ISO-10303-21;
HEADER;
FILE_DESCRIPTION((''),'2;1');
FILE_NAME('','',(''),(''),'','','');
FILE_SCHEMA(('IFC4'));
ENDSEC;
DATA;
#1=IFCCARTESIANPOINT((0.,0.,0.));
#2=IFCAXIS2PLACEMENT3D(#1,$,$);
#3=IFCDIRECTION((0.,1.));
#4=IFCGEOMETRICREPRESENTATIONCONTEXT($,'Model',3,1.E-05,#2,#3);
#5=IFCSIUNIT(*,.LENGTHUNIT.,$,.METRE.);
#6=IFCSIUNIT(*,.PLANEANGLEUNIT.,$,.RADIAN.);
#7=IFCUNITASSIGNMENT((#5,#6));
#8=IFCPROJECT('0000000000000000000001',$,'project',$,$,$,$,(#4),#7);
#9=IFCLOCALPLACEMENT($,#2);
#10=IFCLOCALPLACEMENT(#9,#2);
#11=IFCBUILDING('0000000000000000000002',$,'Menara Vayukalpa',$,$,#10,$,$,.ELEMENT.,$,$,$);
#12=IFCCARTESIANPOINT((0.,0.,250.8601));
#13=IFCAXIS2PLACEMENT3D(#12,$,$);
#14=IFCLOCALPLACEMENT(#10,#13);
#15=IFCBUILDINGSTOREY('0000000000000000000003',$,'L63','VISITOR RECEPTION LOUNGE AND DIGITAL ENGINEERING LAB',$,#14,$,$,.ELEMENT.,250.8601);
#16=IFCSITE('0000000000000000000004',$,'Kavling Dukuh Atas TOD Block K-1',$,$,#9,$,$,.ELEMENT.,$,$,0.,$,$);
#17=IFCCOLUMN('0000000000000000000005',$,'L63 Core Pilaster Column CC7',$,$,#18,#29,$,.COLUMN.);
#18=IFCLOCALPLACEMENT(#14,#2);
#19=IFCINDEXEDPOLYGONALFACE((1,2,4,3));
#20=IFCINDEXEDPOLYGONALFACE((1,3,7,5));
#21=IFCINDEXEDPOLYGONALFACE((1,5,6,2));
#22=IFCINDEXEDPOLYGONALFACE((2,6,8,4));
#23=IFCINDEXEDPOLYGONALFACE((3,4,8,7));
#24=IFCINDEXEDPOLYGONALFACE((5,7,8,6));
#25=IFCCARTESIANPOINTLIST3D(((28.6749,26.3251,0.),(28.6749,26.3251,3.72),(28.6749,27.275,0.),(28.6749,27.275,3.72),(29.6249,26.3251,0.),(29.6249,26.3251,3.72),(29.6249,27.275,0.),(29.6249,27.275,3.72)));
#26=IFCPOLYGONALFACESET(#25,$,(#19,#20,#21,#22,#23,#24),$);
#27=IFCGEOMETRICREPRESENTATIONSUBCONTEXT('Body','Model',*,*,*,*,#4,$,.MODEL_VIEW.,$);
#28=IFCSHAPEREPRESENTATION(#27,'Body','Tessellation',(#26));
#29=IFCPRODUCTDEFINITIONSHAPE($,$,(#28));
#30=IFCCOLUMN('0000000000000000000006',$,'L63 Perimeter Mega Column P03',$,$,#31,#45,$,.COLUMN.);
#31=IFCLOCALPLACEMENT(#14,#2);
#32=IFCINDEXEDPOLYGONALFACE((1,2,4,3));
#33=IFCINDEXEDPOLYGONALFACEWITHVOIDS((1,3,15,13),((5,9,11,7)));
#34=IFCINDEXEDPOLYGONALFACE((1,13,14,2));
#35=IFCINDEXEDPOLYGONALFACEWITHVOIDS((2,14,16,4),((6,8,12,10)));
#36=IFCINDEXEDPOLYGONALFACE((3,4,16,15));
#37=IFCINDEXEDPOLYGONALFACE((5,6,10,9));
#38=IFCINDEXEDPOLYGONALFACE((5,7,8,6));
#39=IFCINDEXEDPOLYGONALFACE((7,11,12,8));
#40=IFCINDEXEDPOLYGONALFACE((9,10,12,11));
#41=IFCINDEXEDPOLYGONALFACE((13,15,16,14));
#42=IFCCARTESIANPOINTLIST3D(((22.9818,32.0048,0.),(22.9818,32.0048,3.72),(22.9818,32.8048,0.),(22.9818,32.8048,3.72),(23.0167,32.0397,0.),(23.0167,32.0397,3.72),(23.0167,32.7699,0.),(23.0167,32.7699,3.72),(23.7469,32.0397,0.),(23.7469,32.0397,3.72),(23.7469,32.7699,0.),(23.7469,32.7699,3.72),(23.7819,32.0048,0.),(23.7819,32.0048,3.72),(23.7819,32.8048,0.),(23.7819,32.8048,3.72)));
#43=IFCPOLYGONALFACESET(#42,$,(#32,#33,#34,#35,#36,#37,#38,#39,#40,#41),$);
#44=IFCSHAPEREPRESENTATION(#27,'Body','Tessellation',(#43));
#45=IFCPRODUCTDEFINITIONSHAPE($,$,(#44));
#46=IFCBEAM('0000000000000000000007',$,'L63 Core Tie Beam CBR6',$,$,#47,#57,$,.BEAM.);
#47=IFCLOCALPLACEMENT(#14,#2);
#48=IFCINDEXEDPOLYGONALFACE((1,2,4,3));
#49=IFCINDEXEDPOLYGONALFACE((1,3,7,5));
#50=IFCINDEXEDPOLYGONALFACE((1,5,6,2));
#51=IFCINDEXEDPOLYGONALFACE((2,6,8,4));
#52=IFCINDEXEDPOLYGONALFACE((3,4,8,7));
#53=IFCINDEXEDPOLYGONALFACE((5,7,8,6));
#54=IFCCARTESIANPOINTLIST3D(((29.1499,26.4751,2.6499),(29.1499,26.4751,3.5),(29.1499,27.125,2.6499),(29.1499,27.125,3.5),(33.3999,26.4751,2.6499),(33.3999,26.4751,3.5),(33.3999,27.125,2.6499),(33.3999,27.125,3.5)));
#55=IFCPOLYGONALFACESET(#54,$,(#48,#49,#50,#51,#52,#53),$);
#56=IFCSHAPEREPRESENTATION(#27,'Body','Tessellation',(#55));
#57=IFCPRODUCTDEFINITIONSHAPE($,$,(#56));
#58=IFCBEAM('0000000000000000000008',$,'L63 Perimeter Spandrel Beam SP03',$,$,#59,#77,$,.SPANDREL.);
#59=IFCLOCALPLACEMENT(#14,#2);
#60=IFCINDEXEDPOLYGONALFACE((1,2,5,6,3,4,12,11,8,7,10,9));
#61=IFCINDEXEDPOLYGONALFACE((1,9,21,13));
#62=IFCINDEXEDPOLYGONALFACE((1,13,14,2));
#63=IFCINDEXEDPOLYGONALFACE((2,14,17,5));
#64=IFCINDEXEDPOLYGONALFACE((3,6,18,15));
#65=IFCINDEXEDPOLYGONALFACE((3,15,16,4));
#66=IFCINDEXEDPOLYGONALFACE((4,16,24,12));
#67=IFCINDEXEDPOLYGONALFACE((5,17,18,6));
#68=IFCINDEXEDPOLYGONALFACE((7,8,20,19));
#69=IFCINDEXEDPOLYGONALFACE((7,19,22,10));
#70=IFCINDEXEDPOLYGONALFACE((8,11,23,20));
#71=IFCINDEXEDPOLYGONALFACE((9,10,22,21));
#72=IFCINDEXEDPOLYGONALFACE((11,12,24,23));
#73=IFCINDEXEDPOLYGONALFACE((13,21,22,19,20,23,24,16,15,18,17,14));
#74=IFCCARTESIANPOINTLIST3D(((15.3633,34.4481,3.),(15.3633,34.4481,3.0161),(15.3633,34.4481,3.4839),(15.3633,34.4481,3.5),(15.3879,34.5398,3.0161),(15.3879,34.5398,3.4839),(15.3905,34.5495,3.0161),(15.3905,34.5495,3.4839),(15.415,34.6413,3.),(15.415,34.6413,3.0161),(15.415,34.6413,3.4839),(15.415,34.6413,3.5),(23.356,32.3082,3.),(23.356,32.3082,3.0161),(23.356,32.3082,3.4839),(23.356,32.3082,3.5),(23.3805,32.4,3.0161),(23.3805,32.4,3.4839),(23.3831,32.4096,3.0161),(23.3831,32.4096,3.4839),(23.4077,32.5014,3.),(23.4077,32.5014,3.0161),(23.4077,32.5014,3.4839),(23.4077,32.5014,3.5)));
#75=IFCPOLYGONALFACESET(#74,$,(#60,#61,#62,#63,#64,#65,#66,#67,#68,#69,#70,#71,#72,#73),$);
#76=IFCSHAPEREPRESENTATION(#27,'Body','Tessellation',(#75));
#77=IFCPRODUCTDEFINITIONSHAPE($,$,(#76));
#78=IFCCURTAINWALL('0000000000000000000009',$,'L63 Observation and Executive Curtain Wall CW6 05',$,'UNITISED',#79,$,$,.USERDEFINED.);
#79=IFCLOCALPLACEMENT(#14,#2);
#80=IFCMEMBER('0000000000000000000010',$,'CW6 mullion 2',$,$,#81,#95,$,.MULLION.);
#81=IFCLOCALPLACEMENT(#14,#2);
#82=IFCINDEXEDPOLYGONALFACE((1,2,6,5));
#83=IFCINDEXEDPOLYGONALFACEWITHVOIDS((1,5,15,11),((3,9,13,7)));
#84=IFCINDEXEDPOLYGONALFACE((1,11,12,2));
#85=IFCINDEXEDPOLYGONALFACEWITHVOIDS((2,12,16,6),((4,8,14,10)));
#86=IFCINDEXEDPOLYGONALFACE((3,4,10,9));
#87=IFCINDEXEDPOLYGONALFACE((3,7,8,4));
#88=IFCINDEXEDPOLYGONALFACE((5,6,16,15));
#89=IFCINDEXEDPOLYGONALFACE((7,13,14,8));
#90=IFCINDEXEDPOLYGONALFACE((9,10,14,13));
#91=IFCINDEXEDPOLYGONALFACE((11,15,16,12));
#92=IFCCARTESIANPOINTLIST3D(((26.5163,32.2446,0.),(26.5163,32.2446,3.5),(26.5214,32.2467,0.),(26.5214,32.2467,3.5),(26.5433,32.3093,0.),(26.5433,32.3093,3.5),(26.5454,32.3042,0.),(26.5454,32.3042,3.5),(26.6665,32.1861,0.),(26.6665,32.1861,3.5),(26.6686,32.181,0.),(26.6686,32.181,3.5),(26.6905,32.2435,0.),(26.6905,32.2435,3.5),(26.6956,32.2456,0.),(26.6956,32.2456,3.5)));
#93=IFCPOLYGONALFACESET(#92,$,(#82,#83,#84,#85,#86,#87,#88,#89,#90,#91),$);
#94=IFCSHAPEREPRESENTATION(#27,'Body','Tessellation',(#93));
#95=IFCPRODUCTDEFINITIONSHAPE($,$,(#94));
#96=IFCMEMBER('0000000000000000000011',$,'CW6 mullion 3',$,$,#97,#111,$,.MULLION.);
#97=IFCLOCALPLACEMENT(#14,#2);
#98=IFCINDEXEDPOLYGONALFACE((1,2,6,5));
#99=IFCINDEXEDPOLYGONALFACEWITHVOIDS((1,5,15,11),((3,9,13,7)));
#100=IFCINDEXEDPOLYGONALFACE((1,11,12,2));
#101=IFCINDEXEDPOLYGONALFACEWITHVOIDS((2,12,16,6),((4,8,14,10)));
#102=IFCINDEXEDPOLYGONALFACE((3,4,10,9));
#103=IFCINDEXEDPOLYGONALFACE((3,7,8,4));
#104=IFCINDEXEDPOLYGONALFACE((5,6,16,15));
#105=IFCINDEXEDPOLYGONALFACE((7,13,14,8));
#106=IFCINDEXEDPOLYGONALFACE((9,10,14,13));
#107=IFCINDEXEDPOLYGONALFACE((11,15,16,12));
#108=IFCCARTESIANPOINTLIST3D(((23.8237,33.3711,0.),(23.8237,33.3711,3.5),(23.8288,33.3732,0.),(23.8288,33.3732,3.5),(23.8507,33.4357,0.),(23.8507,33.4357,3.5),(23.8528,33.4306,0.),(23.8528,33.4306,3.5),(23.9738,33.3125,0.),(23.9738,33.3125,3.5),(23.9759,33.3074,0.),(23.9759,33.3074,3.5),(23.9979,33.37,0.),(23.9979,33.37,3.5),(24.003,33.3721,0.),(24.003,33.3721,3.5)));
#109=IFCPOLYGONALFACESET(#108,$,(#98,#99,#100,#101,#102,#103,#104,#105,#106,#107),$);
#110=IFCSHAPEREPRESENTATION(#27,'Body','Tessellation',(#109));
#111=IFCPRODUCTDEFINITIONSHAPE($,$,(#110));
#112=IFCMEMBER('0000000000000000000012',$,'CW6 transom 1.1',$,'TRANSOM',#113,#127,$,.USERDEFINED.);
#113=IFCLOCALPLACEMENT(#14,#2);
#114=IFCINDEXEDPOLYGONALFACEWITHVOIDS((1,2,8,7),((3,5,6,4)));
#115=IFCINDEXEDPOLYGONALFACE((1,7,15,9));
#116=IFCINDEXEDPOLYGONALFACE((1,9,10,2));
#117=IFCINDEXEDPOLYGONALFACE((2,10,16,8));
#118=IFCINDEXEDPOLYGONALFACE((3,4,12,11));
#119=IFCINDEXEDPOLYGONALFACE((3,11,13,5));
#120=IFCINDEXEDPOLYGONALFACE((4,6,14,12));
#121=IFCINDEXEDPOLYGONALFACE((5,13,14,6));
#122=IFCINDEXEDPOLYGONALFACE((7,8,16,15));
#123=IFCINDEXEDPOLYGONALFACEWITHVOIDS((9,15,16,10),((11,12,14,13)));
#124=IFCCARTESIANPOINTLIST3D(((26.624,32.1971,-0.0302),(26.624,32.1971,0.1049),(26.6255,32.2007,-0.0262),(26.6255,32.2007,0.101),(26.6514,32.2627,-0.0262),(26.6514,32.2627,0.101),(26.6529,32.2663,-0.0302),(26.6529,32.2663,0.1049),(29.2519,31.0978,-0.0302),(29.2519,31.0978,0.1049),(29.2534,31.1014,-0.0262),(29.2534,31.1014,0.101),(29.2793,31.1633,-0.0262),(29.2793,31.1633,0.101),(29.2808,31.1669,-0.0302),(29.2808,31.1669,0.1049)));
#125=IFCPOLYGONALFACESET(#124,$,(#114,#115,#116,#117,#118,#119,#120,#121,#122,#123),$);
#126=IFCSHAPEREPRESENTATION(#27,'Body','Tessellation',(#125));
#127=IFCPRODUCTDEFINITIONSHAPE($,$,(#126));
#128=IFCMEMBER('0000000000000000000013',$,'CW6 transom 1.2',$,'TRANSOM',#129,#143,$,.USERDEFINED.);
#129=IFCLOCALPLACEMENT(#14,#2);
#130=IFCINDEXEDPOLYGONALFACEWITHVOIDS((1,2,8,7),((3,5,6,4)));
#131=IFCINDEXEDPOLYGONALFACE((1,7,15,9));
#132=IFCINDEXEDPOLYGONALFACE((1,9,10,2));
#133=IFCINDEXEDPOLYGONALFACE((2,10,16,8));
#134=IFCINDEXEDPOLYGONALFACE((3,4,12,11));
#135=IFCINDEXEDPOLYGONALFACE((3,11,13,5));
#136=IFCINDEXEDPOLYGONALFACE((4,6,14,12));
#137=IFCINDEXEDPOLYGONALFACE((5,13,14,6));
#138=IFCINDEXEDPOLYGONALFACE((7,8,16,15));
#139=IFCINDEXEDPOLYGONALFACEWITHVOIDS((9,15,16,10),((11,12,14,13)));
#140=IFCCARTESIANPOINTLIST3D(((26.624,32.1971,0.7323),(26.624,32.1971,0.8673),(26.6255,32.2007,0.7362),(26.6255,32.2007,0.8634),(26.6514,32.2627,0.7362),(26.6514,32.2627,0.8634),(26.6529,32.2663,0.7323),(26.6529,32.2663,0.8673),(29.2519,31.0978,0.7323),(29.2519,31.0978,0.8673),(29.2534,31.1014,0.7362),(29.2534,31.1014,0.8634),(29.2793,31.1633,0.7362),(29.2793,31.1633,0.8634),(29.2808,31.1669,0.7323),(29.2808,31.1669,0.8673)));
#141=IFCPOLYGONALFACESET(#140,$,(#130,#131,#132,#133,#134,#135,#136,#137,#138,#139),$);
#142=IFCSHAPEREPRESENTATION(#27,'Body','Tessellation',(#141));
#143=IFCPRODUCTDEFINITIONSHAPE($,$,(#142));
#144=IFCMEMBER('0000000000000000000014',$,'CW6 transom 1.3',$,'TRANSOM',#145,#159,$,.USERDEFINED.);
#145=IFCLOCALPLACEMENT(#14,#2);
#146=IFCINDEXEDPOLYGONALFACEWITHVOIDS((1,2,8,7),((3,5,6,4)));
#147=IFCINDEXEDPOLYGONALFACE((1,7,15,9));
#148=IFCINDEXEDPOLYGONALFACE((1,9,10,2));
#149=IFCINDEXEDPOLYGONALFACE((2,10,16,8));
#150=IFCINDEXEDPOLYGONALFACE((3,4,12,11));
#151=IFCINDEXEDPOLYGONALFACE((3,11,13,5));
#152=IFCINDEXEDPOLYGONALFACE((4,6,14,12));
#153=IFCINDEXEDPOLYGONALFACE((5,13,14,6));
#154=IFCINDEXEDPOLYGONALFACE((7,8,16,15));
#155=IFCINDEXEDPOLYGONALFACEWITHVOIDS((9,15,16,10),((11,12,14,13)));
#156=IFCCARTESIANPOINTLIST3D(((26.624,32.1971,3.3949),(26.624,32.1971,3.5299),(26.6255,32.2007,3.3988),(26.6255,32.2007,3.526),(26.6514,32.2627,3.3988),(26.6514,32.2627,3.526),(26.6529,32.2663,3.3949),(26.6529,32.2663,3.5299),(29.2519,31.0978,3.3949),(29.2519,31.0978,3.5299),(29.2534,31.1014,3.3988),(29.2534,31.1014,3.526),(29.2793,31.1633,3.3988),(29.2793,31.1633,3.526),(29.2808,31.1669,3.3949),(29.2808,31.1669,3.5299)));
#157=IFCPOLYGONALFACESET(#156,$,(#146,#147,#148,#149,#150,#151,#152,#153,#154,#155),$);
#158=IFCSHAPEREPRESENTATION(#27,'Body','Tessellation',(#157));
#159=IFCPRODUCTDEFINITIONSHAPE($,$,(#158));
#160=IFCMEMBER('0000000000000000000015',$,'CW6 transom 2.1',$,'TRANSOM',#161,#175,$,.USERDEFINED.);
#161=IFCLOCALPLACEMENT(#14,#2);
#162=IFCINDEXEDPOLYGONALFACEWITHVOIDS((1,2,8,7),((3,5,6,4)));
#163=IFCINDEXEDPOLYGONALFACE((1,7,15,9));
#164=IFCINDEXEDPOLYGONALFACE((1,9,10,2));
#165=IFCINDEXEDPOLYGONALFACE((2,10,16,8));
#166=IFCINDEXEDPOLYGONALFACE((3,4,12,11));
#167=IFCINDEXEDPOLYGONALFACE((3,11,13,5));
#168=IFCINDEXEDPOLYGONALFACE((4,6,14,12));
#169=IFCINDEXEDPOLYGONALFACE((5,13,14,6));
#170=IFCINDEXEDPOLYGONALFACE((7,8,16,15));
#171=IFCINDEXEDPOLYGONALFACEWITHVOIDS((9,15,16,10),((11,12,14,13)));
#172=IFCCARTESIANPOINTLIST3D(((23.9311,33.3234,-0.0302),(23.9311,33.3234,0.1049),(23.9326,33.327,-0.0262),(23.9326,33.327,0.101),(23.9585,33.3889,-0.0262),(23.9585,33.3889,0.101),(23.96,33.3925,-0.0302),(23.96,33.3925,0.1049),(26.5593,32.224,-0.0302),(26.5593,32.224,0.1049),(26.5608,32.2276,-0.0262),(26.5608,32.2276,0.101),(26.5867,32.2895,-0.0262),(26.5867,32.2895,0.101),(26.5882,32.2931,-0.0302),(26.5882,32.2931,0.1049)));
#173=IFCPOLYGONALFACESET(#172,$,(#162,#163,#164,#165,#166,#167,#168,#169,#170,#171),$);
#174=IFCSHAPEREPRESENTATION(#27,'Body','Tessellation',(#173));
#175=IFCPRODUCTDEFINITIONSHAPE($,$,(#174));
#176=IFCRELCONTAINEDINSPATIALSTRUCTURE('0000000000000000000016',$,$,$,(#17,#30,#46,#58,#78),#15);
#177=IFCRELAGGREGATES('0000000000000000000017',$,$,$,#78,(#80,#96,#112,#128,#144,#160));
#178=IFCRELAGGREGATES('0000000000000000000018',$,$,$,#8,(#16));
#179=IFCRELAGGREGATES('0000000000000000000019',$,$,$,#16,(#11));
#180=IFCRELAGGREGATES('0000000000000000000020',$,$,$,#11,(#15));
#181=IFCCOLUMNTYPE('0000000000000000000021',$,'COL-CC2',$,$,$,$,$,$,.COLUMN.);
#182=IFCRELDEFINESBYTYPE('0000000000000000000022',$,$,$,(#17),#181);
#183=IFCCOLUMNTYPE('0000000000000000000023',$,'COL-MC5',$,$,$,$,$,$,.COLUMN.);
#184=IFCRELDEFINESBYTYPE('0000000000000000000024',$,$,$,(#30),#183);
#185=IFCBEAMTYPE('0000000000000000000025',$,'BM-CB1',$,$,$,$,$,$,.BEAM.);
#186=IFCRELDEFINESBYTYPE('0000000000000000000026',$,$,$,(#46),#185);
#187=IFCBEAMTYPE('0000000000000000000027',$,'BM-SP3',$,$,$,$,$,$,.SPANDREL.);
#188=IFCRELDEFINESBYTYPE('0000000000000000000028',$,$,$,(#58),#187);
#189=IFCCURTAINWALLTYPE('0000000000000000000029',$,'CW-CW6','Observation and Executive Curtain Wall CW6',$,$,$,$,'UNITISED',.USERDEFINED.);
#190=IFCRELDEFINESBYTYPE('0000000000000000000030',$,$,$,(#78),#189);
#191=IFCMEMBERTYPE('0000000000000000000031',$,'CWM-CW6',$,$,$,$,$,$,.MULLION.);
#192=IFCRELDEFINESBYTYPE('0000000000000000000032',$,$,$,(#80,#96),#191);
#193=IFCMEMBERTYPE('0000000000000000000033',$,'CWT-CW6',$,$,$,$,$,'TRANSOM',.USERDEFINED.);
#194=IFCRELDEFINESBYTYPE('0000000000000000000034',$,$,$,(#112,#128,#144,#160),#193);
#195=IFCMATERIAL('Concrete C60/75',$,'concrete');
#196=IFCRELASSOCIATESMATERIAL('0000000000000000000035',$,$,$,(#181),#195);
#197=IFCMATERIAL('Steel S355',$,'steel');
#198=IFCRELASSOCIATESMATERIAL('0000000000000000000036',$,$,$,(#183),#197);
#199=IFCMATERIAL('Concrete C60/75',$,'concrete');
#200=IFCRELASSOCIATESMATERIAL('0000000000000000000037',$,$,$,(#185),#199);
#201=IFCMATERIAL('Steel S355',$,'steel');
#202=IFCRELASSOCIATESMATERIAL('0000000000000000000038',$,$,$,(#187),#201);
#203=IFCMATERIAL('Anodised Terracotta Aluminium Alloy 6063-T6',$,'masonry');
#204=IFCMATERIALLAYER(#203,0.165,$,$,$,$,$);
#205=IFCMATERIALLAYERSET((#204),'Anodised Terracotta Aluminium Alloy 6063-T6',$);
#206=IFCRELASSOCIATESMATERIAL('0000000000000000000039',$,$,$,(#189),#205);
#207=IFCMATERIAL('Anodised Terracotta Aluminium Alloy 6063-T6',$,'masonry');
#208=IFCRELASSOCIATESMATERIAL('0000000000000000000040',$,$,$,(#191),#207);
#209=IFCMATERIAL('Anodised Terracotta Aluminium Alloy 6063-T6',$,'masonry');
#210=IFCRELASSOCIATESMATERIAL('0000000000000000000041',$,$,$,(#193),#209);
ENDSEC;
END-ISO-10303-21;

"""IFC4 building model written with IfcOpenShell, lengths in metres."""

from ifc_helpers import new_model, si_unit, direction, frame, origin, origin_2d, place, context, subcontext, project, spatial, rectangle, hollow_rectangle, i_section, extrude, material, layer, layer_set, material_profile, profile_set, type_object, element, aggregate, save


model = new_model("IFC4")

# Units and contexts
model_context = context("Model", 3, precision=1e-05, world=origin(), true_north=direction((0.0, 1.0)))
body_context = subcontext(model_context, "Body", "Model", "MODEL_VIEW")
ifc_project = project(units=[si_unit("LENGTHUNIT", "METRE"), si_unit("PLANEANGLEUNIT", "RADIAN")], contexts=[model_context])

# Site, building, storey
site_placement = place(None, origin())
site = spatial("IfcSite", under=ifc_project, at=site_placement, Name="Kavling Dukuh Atas TOD Block K-1", CompositionType="ELEMENT", RefElevation=0.0)
building_placement = place(site_placement, origin())
building = spatial("IfcBuilding", under=site, at=building_placement, Name="Menara Vayukalpa", CompositionType="ELEMENT")
storey_placement = place(building_placement, frame((0.0, 0.0, 250.8601)))
storey = spatial("IfcBuildingStorey", under=building, at=storey_placement, Name="L63", Description="VISITOR RECEPTION LOUNGE AND DIGITAL ENGINEERING LAB", CompositionType="ELEMENT", Elevation=250.8601)

# Columns
ifc_material_1 = material(Name="Concrete C60/75", Category="concrete")
ifc_material_profile_1 = material_profile(ifc_material_1, rectangle(XDim=0.95, YDim=0.95, at=origin_2d()), Name="RC 950x950")
ifc_profile_set_1 = profile_set([ifc_material_profile_1], Name="Concrete C60/75")
column_type_1 = type_object("IfcColumnType", Name="COL-CC2", PredefinedType="COLUMN", material=ifc_profile_set_1)
column_1_placement = place(storey_placement, frame((29.1499, 26.8, 0.0), z_axis=(0.0, 0.0, 1.0), x_axis=(1.0, 0.0, 0.0)))
element("IfcColumn", 1, at=column_1_placement, inside=storey, type_object=column_type_1, Name="L63 Core Pilaster Column CC7", PredefinedType="COLUMN", context=body_context, shape_type="SweptSolid", body=[
    extrude(rectangle(XDim=0.95, YDim=0.95, at=origin_2d()), origin(), (0.0, 0.0, 1.0), 3.72),
])
ifc_material_2 = material(Name="Steel S355", Category="steel")
ifc_material_profile_2 = material_profile(ifc_material_2, hollow_rectangle(XDim=0.8, YDim=0.8, WallThickness=0.0349, at=origin_2d()), Name="BOX 800x800x35")
ifc_profile_set_2 = profile_set([ifc_material_profile_2], Name="Steel S355")
column_type_2 = type_object("IfcColumnType", Name="COL-MC5", PredefinedType="COLUMN", material=ifc_profile_set_2)
column_2_placement = place(storey_placement, frame((23.3818, 32.4048, 0.0), z_axis=(0.0, 0.0, 1.0), x_axis=(1.0, 0.0, 0.0)))
element("IfcColumn", 2, at=column_2_placement, inside=storey, type_object=column_type_2, Name="L63 Perimeter Mega Column P03", PredefinedType="COLUMN", context=body_context, shape_type="SweptSolid", body=[
    extrude(hollow_rectangle(XDim=0.8, YDim=0.8, WallThickness=0.0349, at=origin_2d()), origin(), (0.0, 0.0, 1.0), 3.72),
])

# Beams
ifc_material_3 = material(Name="Concrete C60/75", Category="concrete")
ifc_material_profile_3 = material_profile(ifc_material_3, rectangle(XDim=0.6499, YDim=0.8501, at=origin_2d()), Name="RC 650x850")
ifc_profile_set_3 = profile_set([ifc_material_profile_3], Name="Concrete C60/75")
beam_type_1 = type_object("IfcBeamType", Name="BM-CB1", PredefinedType="BEAM", material=ifc_profile_set_3)
beam_1_placement = place(storey_placement, frame((29.1499, 26.8, 3.075), z_axis=(1.0, 0.0, 0.0), x_axis=(0.0, 1.0, 0.0)))
element("IfcBeam", 3, at=beam_1_placement, inside=storey, type_object=beam_type_1, Name="L63 Core Tie Beam CBR6", PredefinedType="BEAM", context=body_context, shape_type="SweptSolid", body=[
    extrude(rectangle(XDim=0.6499, YDim=0.8501, at=origin_2d()), origin(), (0.0, 0.0, 1.0), 4.25),
])
ifc_material_4 = material(Name="Steel S355", Category="steel")
ifc_material_profile_4 = material_profile(ifc_material_4, i_section(OverallWidth=0.2, OverallDepth=0.5, WebThickness=0.01, FlangeThickness=0.0161, at=origin_2d()), Name="WF 500x200x10x16")
ifc_profile_set_4 = profile_set([ifc_material_profile_4], Name="Steel S355")
beam_type_2 = type_object("IfcBeamType", Name="BM-SP3", PredefinedType="SPANDREL", material=ifc_profile_set_4)
beam_2_placement = place(storey_placement, frame((23.3818, 32.4048, 3.25), z_axis=(-0.965978, 0.258623, 0.0), x_axis=(-0.258623, -0.965978, 0.0)))
element("IfcBeam", 4, at=beam_2_placement, inside=storey, type_object=beam_type_2, Name="L63 Perimeter Spandrel Beam SP03", PredefinedType="SPANDREL", context=body_context, shape_type="SweptSolid", body=[
    extrude(i_section(OverallWidth=0.2, OverallDepth=0.5, WebThickness=0.01, FlangeThickness=0.0161, at=origin_2d()), origin(), (0.0, 0.0, 1.0), 8.2742),
])

# Curtain wall, members
ifc_material_5 = material(Name="Anodised Terracotta Aluminium Alloy 6063-T6", Category="masonry")
ifc_layer_1 = layer(ifc_material_5, 0.165)
ifc_layer_set_1 = layer_set([ifc_layer_1], Name="Anodised Terracotta Aluminium Alloy 6063-T6")
curtain_wall_type = type_object("IfcCurtainWallType", Name="CW-CW6", Description="Observation and Executive Curtain Wall CW6", ElementType="UNITISED", PredefinedType="USERDEFINED", material=ifc_layer_set_1)
curtain_wall_placement = place(storey_placement, origin())
curtain_wall = element("IfcCurtainWall", 5, at=curtain_wall_placement, inside=storey, type_object=curtain_wall_type, Name="L63 Observation and Executive Curtain Wall CW6 05", ObjectType="UNITISED", PredefinedType="USERDEFINED")
ifc_material_6 = material(Name="Anodised Terracotta Aluminium Alloy 6063-T6", Category="masonry")
ifc_material_profile_5 = material_profile(ifc_material_6, hollow_rectangle(XDim=0.0701, YDim=0.165, WallThickness=0.0039, at=origin_2d()), Name="ALU 70x165x4")
ifc_profile_set_5 = profile_set([ifc_material_profile_5], Name="Anodised Terracotta Aluminium Alloy 6063-T6")
member_type_1 = type_object("IfcMemberType", Name="CWM-CW6", PredefinedType="MULLION", material=ifc_profile_set_5)
member_1_placement = place(storey_placement, frame((26.606, 32.2451, 0.0), z_axis=(0.0, 0.0, 1.0), x_axis=(-0.3859, -0.922541, 0.0)))
member_1 = element("IfcMember", 6, at=member_1_placement, type_object=member_type_1, Name="CW6 mullion 2", PredefinedType="MULLION", context=body_context, shape_type="SweptSolid", body=[
    extrude(hollow_rectangle(XDim=0.0701, YDim=0.165, WallThickness=0.0039, at=origin_2d()), origin(), (0.0, 0.0, 1.0), 3.5),
])
member_2_placement = place(storey_placement, frame((23.9133, 33.3716, 0.0), z_axis=(0.0, 0.0, 1.0), x_axis=(-0.3859, -0.922541, 0.0)))
member_2 = element("IfcMember", 7, at=member_2_placement, type_object=member_type_1, Name="CW6 mullion 3", PredefinedType="MULLION", context=body_context, shape_type="SweptSolid", body=[
    extrude(hollow_rectangle(XDim=0.0701, YDim=0.165, WallThickness=0.0039, at=origin_2d()), origin(), (0.0, 0.0, 1.0), 3.5),
])
ifc_material_7 = material(Name="Anodised Terracotta Aluminium Alloy 6063-T6", Category="masonry")
ifc_material_profile_6 = material_profile(ifc_material_7, hollow_rectangle(XDim=0.075, YDim=0.135, WallThickness=0.0039, at=origin_2d()), Name="ALU 75x135x4")
ifc_profile_set_6 = profile_set([ifc_material_profile_6], Name="Anodised Terracotta Aluminium Alloy 6063-T6")
member_type_2 = type_object("IfcMemberType", Name="CWT-CW6", ElementType="TRANSOM", PredefinedType="USERDEFINED", material=ifc_profile_set_6)
member_3_placement = place(storey_placement, frame((29.2664, 31.1323, 0.0374), z_axis=(-0.922528, 0.385929, 0.0), x_axis=(-0.385929, -0.922528, 0.0)))
member_3 = element("IfcMember", 8, at=member_3_placement, type_object=member_type_2, Name="CW6 transom 1.1", ObjectType="TRANSOM", PredefinedType="USERDEFINED", context=body_context, shape_type="SweptSolid", body=[
    extrude(hollow_rectangle(XDim=0.075, YDim=0.135, WallThickness=0.0039, at=origin_2d()), origin(), (0.0, 0.0, 1.0), 2.8486),
])
member_4_placement = place(storey_placement, frame((29.2664, 31.1323, 0.7998), z_axis=(-0.922528, 0.385929, 0.0), x_axis=(-0.385929, -0.922528, 0.0)))
member_4 = element("IfcMember", 9, at=member_4_placement, type_object=member_type_2, Name="CW6 transom 1.2", ObjectType="TRANSOM", PredefinedType="USERDEFINED", context=body_context, shape_type="SweptSolid", body=[
    extrude(hollow_rectangle(XDim=0.075, YDim=0.135, WallThickness=0.0039, at=origin_2d()), origin(), (0.0, 0.0, 1.0), 2.8486),
])
member_5_placement = place(storey_placement, frame((29.2664, 31.1323, 3.4624), z_axis=(-0.922528, 0.385929, 0.0), x_axis=(-0.385929, -0.922528, 0.0)))
member_5 = element("IfcMember", 10, at=member_5_placement, type_object=member_type_2, Name="CW6 transom 1.3", ObjectType="TRANSOM", PredefinedType="USERDEFINED", context=body_context, shape_type="SweptSolid", body=[
    extrude(hollow_rectangle(XDim=0.075, YDim=0.135, WallThickness=0.0039, at=origin_2d()), origin(), (0.0, 0.0, 1.0), 2.8486),
])
member_6_placement = place(storey_placement, frame((26.5737, 32.2585, 0.0374), z_axis=(-0.922541, 0.385899, 0.0), x_axis=(-0.385899, -0.922541, 0.0)))
member_6 = element("IfcMember", 11, at=member_6_placement, type_object=member_type_2, Name="CW6 transom 2.1", ObjectType="TRANSOM", PredefinedType="USERDEFINED", context=body_context, shape_type="SweptSolid", body=[
    extrude(hollow_rectangle(XDim=0.075, YDim=0.135, WallThickness=0.0039, at=origin_2d()), origin(), (0.0, 0.0, 1.0), 2.8489),
])
aggregate(curtain_wall, [member_1, member_2, member_3, member_4, member_5, member_6])

save(model, "model.ifc")
